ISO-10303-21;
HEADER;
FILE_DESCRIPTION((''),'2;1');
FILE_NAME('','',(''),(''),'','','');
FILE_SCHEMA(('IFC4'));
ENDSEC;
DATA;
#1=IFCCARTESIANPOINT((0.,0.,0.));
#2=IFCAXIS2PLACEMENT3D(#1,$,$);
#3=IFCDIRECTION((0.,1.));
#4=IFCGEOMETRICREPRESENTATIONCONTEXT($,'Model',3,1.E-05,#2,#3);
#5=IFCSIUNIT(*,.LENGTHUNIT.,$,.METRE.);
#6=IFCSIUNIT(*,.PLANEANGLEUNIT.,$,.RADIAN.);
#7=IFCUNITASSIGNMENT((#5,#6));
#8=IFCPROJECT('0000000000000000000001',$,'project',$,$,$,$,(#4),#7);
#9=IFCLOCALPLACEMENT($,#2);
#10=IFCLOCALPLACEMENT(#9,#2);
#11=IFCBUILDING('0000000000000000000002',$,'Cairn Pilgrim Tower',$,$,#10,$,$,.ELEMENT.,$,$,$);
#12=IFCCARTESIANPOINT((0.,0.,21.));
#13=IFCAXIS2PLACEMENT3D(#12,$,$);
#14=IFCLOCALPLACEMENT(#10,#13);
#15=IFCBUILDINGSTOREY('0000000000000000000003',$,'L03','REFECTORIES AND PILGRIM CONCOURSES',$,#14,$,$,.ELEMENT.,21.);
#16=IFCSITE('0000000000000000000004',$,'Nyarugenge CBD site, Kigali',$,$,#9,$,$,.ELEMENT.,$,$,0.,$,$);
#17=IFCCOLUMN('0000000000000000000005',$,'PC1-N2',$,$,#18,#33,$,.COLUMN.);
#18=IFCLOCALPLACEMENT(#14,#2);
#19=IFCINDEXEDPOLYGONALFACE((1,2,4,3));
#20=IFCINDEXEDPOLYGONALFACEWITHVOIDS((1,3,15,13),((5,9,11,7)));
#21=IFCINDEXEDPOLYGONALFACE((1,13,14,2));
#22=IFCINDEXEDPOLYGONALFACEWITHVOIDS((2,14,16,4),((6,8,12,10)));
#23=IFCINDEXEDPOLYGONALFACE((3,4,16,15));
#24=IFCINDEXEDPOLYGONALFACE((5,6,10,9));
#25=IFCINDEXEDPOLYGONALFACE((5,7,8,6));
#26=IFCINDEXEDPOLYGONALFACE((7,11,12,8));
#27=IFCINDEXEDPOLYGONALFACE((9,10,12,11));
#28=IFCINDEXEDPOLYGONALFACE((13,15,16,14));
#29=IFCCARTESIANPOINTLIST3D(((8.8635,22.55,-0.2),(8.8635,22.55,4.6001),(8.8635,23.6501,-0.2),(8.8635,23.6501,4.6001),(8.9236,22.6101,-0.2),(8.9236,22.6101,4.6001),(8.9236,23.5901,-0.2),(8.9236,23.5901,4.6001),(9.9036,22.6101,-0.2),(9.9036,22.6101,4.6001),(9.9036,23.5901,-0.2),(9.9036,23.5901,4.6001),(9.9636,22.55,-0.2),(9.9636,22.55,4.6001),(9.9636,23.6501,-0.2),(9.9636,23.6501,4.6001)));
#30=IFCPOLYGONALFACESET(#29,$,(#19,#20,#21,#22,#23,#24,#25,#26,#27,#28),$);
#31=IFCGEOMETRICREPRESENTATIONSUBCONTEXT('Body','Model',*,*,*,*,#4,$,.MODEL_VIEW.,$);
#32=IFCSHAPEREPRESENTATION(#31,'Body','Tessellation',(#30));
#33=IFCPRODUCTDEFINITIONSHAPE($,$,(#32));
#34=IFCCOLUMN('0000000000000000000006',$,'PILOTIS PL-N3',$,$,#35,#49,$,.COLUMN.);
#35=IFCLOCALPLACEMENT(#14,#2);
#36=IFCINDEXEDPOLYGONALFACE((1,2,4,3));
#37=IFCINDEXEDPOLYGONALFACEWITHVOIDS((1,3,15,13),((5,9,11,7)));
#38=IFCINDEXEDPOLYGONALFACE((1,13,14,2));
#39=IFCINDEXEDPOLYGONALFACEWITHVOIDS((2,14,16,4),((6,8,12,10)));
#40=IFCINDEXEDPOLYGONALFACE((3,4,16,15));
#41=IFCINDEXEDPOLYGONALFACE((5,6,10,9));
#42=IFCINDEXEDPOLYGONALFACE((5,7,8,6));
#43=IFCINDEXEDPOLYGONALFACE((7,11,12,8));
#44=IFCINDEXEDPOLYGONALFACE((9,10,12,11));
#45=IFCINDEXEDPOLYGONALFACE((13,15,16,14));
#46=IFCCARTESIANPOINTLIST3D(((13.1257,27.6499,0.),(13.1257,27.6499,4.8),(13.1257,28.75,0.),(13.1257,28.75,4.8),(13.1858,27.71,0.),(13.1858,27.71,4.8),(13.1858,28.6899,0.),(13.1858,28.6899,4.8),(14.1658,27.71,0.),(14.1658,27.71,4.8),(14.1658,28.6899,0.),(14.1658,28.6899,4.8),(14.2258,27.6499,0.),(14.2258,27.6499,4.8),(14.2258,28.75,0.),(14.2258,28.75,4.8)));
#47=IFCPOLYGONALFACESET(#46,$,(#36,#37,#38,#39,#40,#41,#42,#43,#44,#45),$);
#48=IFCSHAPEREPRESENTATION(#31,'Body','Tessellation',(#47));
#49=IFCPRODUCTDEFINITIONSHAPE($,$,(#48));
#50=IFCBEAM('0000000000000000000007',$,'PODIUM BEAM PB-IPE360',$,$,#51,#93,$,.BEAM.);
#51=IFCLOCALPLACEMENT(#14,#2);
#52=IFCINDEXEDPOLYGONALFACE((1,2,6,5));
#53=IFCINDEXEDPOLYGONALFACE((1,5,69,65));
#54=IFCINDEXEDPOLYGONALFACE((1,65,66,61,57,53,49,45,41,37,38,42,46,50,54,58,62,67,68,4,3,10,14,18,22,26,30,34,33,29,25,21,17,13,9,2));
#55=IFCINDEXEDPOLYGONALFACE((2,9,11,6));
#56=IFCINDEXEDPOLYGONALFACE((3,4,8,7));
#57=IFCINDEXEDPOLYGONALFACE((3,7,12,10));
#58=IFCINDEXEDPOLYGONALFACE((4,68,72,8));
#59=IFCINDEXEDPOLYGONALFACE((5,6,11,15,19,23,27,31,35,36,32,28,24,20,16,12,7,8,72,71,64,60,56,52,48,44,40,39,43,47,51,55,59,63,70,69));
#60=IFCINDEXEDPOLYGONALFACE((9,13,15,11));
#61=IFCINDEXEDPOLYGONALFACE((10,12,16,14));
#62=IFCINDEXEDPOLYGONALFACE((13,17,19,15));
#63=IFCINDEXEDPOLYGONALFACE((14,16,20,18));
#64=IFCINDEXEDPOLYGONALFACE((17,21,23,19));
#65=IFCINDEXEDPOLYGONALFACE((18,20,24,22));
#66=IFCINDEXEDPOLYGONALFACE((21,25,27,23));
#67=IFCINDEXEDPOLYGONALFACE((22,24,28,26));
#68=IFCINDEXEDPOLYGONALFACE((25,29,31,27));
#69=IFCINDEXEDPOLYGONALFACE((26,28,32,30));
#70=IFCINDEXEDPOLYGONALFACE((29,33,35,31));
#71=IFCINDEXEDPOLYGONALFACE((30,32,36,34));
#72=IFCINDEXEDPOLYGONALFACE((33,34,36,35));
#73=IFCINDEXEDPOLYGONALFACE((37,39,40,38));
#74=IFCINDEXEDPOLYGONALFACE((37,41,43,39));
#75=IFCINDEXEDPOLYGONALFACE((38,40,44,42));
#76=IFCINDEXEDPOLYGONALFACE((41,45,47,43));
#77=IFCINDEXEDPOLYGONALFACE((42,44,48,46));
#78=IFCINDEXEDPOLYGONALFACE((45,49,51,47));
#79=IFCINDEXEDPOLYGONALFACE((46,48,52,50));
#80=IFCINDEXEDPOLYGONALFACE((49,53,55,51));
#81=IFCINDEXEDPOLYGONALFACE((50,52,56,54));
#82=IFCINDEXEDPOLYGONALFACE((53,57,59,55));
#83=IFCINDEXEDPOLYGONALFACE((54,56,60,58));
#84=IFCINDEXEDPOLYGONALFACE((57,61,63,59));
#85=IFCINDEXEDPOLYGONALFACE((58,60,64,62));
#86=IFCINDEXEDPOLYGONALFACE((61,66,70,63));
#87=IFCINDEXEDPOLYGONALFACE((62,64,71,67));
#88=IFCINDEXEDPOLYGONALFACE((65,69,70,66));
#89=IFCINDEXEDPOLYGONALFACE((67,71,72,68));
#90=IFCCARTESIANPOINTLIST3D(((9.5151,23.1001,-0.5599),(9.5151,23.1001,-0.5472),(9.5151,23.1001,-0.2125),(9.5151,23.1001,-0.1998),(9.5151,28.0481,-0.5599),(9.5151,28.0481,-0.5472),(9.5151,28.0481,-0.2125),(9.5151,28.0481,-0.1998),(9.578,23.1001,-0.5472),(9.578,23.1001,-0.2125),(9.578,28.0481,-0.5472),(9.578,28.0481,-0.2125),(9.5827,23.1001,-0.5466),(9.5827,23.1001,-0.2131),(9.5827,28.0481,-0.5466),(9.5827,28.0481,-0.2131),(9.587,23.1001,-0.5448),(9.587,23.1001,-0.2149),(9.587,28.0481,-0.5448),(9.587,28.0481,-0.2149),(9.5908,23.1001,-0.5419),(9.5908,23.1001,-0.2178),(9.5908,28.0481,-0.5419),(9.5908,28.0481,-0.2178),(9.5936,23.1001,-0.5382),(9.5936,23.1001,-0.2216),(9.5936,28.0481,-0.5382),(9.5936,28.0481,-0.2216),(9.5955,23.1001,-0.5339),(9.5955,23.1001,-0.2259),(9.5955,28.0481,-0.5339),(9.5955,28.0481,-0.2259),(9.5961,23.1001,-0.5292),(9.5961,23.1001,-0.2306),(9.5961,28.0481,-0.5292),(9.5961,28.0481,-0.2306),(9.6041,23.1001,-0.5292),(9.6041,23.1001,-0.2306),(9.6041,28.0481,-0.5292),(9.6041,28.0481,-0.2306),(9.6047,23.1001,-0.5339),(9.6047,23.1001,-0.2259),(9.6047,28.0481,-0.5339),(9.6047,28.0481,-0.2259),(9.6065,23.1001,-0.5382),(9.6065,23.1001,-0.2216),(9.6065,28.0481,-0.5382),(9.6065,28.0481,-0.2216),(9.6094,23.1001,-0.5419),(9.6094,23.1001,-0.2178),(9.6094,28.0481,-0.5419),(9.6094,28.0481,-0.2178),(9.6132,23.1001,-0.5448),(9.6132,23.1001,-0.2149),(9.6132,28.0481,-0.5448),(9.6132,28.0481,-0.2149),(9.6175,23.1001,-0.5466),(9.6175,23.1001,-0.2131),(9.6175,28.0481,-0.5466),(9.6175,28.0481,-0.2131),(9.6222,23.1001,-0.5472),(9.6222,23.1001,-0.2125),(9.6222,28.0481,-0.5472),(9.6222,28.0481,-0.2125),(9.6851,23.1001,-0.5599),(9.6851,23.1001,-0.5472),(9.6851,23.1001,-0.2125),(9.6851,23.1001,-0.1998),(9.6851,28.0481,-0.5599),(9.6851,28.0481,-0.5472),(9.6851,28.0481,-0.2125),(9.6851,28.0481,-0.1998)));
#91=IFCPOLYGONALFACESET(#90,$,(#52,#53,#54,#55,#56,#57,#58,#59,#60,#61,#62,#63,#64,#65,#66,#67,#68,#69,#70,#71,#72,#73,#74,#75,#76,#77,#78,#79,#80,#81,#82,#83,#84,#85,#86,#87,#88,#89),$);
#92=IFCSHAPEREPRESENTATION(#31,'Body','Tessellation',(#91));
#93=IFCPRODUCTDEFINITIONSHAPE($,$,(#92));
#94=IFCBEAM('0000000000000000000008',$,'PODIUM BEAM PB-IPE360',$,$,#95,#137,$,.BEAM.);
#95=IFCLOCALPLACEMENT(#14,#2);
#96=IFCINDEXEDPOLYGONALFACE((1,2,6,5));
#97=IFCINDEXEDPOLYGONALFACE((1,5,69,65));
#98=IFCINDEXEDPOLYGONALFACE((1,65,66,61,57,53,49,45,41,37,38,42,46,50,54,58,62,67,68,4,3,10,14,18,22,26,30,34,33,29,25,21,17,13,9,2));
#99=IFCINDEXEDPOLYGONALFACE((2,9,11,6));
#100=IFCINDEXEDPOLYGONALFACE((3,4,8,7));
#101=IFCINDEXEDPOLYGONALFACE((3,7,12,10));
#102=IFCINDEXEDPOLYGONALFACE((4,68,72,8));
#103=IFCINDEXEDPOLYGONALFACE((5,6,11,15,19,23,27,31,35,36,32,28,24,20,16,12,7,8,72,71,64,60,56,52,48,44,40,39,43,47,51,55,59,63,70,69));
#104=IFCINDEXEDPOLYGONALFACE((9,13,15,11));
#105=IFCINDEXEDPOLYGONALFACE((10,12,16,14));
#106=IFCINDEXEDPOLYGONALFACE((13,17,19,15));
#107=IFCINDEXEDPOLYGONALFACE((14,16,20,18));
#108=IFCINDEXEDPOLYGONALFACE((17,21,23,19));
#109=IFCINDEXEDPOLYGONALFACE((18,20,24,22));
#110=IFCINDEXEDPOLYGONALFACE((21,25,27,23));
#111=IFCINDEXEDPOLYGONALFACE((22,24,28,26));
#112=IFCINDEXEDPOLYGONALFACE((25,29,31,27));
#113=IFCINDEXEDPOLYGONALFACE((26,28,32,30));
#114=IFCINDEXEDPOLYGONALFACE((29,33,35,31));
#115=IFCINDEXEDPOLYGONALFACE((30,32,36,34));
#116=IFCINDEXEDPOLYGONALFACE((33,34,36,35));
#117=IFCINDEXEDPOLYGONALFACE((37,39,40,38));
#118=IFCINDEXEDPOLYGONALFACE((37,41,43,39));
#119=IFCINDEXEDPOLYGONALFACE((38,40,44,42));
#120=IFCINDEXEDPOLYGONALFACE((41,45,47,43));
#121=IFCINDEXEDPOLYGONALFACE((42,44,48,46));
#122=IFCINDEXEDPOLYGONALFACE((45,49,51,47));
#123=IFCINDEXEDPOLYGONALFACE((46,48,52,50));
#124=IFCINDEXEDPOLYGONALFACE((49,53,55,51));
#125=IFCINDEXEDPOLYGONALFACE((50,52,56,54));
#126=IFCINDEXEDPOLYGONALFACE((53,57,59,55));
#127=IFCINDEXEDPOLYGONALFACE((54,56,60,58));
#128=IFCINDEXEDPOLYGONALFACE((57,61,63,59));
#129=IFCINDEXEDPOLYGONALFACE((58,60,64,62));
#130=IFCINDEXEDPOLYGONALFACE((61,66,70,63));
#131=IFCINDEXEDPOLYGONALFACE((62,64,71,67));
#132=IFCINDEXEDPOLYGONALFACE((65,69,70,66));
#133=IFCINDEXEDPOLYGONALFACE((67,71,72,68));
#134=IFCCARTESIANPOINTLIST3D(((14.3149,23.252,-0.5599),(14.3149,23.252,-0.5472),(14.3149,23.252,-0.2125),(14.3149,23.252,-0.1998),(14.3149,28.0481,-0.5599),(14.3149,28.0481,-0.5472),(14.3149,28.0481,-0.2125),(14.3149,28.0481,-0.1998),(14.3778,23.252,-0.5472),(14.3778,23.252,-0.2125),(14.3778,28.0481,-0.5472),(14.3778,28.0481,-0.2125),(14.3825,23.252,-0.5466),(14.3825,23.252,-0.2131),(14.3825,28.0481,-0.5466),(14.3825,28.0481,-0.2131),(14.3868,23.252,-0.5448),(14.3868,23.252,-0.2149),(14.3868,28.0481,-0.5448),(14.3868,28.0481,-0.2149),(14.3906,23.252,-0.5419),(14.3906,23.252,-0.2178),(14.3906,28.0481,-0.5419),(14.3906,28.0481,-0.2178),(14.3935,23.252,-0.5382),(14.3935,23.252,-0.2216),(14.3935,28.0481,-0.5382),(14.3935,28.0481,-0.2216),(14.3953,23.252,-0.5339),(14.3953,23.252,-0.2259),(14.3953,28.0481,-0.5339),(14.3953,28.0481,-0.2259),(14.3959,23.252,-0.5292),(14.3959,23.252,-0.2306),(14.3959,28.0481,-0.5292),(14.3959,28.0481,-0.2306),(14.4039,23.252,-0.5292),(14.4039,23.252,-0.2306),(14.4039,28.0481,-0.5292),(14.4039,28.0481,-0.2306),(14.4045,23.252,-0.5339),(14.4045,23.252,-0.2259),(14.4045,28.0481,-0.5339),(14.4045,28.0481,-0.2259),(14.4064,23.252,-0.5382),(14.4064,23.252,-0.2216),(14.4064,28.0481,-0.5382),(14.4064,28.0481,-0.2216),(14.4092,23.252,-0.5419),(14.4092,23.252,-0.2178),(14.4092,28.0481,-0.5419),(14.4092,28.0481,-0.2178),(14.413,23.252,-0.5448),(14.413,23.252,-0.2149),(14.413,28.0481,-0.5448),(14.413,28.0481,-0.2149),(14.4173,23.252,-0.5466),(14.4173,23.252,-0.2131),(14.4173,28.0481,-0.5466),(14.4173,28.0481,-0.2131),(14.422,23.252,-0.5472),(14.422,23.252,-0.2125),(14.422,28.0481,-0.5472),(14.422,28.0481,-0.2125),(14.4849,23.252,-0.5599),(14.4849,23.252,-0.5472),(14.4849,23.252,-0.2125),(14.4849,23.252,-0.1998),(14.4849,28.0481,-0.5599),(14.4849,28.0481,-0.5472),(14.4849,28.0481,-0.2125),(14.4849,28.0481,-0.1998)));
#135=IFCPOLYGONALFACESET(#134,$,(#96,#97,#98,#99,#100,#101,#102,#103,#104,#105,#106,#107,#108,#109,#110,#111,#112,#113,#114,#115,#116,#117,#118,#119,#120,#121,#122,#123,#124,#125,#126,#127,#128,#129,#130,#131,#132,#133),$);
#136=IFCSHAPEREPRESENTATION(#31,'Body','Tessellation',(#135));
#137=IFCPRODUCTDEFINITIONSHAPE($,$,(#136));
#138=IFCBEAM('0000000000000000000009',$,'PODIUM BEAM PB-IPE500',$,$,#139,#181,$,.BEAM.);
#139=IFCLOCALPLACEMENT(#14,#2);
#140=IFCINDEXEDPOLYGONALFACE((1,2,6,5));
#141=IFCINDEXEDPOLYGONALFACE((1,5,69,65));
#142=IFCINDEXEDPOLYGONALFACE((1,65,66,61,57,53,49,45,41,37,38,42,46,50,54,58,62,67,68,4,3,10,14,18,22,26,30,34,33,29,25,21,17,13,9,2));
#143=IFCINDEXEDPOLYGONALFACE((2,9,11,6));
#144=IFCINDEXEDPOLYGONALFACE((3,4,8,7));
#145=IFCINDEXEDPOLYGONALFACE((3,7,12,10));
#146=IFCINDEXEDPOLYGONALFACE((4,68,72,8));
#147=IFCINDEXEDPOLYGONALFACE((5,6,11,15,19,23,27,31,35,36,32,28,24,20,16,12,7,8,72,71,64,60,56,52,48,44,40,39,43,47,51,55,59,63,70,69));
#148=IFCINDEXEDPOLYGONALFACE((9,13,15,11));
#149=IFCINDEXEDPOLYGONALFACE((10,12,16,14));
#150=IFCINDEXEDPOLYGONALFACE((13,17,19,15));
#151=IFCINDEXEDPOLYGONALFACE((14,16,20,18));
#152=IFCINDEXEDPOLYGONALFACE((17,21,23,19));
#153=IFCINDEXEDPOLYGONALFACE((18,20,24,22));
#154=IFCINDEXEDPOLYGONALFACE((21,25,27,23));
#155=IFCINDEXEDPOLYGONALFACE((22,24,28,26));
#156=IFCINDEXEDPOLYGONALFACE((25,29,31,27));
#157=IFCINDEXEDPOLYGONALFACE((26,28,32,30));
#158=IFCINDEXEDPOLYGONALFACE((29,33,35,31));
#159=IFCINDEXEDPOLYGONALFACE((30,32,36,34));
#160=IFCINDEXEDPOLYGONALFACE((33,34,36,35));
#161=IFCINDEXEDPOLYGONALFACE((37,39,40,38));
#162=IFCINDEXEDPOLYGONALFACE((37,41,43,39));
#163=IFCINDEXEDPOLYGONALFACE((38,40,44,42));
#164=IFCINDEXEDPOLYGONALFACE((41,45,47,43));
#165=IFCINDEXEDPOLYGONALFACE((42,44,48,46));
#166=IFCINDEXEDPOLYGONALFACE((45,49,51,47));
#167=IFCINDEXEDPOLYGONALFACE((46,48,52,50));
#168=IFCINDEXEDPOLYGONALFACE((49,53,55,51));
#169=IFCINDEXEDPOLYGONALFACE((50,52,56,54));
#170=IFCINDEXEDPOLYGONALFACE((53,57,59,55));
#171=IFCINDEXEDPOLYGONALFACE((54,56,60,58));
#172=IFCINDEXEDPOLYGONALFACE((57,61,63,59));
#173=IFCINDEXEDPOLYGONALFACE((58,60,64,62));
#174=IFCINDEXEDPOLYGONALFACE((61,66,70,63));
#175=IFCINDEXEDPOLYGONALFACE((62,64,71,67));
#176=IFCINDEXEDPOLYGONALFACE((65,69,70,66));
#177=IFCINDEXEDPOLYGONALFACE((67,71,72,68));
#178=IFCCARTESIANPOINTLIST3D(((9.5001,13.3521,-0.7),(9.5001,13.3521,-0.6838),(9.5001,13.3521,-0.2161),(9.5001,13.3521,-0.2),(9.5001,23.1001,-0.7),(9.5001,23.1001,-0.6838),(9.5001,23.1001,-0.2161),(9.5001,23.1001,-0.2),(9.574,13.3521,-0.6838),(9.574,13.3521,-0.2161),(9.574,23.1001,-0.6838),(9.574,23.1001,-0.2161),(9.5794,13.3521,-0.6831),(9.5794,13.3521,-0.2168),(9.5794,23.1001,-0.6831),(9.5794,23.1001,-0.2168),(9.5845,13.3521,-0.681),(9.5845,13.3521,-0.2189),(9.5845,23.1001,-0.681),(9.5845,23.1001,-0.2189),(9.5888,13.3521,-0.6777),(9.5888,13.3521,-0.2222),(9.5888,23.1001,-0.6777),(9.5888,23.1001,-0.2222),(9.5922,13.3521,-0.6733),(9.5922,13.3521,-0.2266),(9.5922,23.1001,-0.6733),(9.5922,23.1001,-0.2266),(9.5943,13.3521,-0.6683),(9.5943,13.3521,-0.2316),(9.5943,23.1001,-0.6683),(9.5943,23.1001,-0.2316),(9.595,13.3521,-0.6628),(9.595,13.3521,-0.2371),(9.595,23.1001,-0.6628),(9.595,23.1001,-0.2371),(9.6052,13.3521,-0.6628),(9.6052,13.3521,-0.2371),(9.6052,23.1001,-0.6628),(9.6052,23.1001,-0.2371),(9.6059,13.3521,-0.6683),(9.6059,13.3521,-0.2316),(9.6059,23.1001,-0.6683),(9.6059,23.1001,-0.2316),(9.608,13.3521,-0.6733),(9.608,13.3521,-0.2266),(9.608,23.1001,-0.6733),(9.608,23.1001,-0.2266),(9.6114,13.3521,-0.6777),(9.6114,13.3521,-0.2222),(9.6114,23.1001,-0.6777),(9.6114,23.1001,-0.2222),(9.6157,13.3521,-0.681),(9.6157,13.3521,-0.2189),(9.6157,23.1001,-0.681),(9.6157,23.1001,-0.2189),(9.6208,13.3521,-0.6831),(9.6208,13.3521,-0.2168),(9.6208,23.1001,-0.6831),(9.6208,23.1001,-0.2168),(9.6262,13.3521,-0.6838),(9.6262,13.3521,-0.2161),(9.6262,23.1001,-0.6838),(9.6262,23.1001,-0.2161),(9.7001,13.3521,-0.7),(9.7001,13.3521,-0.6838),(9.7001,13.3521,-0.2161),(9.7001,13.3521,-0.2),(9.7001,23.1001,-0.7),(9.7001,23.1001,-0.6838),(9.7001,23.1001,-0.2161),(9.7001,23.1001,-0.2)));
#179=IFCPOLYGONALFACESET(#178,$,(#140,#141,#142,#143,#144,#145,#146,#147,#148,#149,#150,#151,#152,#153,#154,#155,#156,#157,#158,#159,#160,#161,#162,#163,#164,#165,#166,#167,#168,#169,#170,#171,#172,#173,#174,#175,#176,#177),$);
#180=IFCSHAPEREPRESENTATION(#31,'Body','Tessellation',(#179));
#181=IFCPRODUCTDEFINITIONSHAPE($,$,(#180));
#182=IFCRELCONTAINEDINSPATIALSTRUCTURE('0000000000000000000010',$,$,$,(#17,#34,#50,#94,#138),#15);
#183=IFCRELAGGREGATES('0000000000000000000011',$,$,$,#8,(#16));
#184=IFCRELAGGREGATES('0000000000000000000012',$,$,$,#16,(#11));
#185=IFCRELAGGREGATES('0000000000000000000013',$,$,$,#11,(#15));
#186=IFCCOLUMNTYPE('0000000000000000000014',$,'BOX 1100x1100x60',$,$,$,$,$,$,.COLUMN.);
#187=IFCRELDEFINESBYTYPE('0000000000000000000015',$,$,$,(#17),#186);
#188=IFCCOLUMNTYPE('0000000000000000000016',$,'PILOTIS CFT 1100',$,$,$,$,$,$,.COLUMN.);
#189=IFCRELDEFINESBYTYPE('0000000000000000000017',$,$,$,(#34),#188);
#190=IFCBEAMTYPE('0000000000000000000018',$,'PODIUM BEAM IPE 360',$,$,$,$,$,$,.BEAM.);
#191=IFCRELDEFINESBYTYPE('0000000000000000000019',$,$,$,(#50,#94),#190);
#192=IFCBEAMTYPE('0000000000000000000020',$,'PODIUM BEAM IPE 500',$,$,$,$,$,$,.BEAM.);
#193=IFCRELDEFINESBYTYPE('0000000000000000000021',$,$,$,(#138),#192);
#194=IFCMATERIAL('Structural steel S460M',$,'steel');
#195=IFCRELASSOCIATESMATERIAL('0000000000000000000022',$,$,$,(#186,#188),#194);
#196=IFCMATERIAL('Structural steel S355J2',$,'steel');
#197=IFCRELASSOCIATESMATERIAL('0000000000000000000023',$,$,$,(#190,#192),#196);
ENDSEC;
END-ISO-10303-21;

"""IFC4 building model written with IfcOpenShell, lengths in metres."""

from ifc_helpers import new_model, si_unit, direction, frame, origin, origin_2d, place, context, subcontext, project, spatial, hollow_rectangle, i_section, extrude, material, material_profile, profile_set, type_object, element, save


model = new_model("IFC4")

# Units and contexts
model_context = context("Model", 3, precision=1e-05, world=origin(), true_north=direction((0.0, 1.0)))
body_context = subcontext(model_context, "Body", "Model", "MODEL_VIEW")
ifc_project = project(units=[si_unit("LENGTHUNIT", "METRE"), si_unit("PLANEANGLEUNIT", "RADIAN")], contexts=[model_context])

# Site, building, storey
site_placement = place(None, origin())
site = spatial("IfcSite", under=ifc_project, at=site_placement, Name="Nyarugenge CBD site, Kigali", CompositionType="ELEMENT", RefElevation=0.0)
building_placement = place(site_placement, origin())
building = spatial("IfcBuilding", under=site, at=building_placement, Name="Cairn Pilgrim Tower", CompositionType="ELEMENT")
storey_placement = place(building_placement, frame((0.0, 0.0, 21.0)))
storey = spatial("IfcBuildingStorey", under=building, at=storey_placement, Name="L03", Description="REFECTORIES AND PILGRIM CONCOURSES", CompositionType="ELEMENT", Elevation=21.0)

# Columns
ifc_material_1 = material(Name="Structural steel S460M", Category="steel")
ifc_material_profile_1 = material_profile(ifc_material_1, hollow_rectangle(XDim=1.1001, YDim=1.1001, WallThickness=0.0601, at=origin_2d()), Name="BOX 1100x1100x60")
ifc_profile_set_1 = profile_set([ifc_material_profile_1], Name="Structural steel S460M")
column_type_1 = type_object("IfcColumnType", Name="BOX 1100x1100x60", PredefinedType="COLUMN", material=ifc_profile_set_1)
column_1_placement = place(storey_placement, frame((9.4136, 23.1001, -0.2), z_axis=(0.0, 0.0, 1.0), x_axis=(1.0, 0.0, 0.0)))
element("IfcColumn", 1, at=column_1_placement, inside=storey, type_object=column_type_1, Name="PC1-N2", PredefinedType="COLUMN", context=body_context, shape_type="SweptSolid", body=[
    extrude(hollow_rectangle(XDim=1.1001, YDim=1.1001, WallThickness=0.0601, at=origin_2d()), origin(), (0.0, 0.0, 1.0), 4.8),
])
ifc_material_profile_2 = material_profile(ifc_material_1, hollow_rectangle(XDim=1.1001, YDim=1.1001, WallThickness=0.0601, at=origin_2d()), Name="BOX 1100x1100x60")
ifc_profile_set_2 = profile_set([ifc_material_profile_2], Name="Structural steel S460M")
column_type_2 = type_object("IfcColumnType", Name="PILOTIS CFT 1100", PredefinedType="COLUMN", material=ifc_profile_set_2)
column_2_placement = place(storey_placement, frame((13.6758, 28.2, 0.0), z_axis=(0.0, 0.0, 1.0), x_axis=(1.0, 0.0, 0.0)))
element("IfcColumn", 2, at=column_2_placement, inside=storey, type_object=column_type_2, Name="PILOTIS PL-N3", PredefinedType="COLUMN", context=body_context, shape_type="SweptSolid", body=[
    extrude(hollow_rectangle(XDim=1.1001, YDim=1.1001, WallThickness=0.0601, at=origin_2d()), origin(), (0.0, 0.0, 1.0), 4.8),
])

# Beams
ifc_material_2 = material(Name="Structural steel S355J2", Category="steel")
ifc_material_profile_3 = material_profile(ifc_material_2, i_section(OverallWidth=0.1699, OverallDepth=0.3601, WebThickness=0.0081, FlangeThickness=0.0127, FilletRadius=0.0181, at=origin_2d()), Name="IPE 360")
ifc_profile_set_3 = profile_set([ifc_material_profile_3], Name="Structural steel S355J2")
beam_type_1 = type_object("IfcBeamType", Name="PODIUM BEAM IPE 360", PredefinedType="BEAM", material=ifc_profile_set_3)
beam_1_placement = place(storey_placement, frame((9.6001, 23.1001, -0.3799), z_axis=(0.0, 1.0, 0.0), x_axis=(-1.0, 0.0, 0.0)))
element("IfcBeam", 3, at=beam_1_placement, inside=storey, type_object=beam_type_1, Name="PODIUM BEAM PB-IPE360", PredefinedType="BEAM", context=body_context, shape_type="SweptSolid", body=[
    extrude(i_section(OverallWidth=0.1699, OverallDepth=0.3601, WebThickness=0.0081, FlangeThickness=0.0127, FilletRadius=0.0181, at=origin_2d()), origin(), (0.0, 0.0, 1.0), 4.948),
])
beam_2_placement = place(storey_placement, frame((14.3999, 23.252, -0.3799), z_axis=(0.0, 1.0, 0.0), x_axis=(-1.0, 0.0, 0.0)))
element("IfcBeam", 4, at=beam_2_placement, inside=storey, type_object=beam_type_1, Name="PODIUM BEAM PB-IPE360", PredefinedType="BEAM", context=body_context, shape_type="SweptSolid", body=[
    extrude(i_section(OverallWidth=0.1699, OverallDepth=0.3601, WebThickness=0.0081, FlangeThickness=0.0127, FilletRadius=0.0181, at=origin_2d()), origin(), (0.0, 0.0, 1.0), 4.7961),
])
ifc_material_profile_4 = material_profile(ifc_material_2, i_section(OverallWidth=0.2, OverallDepth=0.5, WebThickness=0.0103, FlangeThickness=0.0161, FilletRadius=0.021, at=origin_2d()), Name="IPE 500")
ifc_profile_set_4 = profile_set([ifc_material_profile_4], Name="Structural steel S355J2")
beam_type_2 = type_object("IfcBeamType", Name="PODIUM BEAM IPE 500", PredefinedType="BEAM", material=ifc_profile_set_4)
beam_3_placement = place(storey_placement, frame((9.6001, 13.3521, -0.45), z_axis=(0.0, 1.0, 0.0), x_axis=(-1.0, 0.0, 0.0)))
element("IfcBeam", 5, at=beam_3_placement, inside=storey, type_object=beam_type_2, Name="PODIUM BEAM PB-IPE500", PredefinedType="BEAM", context=body_context, shape_type="SweptSolid", body=[
    extrude(i_section(OverallWidth=0.2, OverallDepth=0.5, WebThickness=0.0103, FlangeThickness=0.0161, FilletRadius=0.021, at=origin_2d()), origin(), (0.0, 0.0, 1.0), 9.748),
])

save(model, "model.ifc")
